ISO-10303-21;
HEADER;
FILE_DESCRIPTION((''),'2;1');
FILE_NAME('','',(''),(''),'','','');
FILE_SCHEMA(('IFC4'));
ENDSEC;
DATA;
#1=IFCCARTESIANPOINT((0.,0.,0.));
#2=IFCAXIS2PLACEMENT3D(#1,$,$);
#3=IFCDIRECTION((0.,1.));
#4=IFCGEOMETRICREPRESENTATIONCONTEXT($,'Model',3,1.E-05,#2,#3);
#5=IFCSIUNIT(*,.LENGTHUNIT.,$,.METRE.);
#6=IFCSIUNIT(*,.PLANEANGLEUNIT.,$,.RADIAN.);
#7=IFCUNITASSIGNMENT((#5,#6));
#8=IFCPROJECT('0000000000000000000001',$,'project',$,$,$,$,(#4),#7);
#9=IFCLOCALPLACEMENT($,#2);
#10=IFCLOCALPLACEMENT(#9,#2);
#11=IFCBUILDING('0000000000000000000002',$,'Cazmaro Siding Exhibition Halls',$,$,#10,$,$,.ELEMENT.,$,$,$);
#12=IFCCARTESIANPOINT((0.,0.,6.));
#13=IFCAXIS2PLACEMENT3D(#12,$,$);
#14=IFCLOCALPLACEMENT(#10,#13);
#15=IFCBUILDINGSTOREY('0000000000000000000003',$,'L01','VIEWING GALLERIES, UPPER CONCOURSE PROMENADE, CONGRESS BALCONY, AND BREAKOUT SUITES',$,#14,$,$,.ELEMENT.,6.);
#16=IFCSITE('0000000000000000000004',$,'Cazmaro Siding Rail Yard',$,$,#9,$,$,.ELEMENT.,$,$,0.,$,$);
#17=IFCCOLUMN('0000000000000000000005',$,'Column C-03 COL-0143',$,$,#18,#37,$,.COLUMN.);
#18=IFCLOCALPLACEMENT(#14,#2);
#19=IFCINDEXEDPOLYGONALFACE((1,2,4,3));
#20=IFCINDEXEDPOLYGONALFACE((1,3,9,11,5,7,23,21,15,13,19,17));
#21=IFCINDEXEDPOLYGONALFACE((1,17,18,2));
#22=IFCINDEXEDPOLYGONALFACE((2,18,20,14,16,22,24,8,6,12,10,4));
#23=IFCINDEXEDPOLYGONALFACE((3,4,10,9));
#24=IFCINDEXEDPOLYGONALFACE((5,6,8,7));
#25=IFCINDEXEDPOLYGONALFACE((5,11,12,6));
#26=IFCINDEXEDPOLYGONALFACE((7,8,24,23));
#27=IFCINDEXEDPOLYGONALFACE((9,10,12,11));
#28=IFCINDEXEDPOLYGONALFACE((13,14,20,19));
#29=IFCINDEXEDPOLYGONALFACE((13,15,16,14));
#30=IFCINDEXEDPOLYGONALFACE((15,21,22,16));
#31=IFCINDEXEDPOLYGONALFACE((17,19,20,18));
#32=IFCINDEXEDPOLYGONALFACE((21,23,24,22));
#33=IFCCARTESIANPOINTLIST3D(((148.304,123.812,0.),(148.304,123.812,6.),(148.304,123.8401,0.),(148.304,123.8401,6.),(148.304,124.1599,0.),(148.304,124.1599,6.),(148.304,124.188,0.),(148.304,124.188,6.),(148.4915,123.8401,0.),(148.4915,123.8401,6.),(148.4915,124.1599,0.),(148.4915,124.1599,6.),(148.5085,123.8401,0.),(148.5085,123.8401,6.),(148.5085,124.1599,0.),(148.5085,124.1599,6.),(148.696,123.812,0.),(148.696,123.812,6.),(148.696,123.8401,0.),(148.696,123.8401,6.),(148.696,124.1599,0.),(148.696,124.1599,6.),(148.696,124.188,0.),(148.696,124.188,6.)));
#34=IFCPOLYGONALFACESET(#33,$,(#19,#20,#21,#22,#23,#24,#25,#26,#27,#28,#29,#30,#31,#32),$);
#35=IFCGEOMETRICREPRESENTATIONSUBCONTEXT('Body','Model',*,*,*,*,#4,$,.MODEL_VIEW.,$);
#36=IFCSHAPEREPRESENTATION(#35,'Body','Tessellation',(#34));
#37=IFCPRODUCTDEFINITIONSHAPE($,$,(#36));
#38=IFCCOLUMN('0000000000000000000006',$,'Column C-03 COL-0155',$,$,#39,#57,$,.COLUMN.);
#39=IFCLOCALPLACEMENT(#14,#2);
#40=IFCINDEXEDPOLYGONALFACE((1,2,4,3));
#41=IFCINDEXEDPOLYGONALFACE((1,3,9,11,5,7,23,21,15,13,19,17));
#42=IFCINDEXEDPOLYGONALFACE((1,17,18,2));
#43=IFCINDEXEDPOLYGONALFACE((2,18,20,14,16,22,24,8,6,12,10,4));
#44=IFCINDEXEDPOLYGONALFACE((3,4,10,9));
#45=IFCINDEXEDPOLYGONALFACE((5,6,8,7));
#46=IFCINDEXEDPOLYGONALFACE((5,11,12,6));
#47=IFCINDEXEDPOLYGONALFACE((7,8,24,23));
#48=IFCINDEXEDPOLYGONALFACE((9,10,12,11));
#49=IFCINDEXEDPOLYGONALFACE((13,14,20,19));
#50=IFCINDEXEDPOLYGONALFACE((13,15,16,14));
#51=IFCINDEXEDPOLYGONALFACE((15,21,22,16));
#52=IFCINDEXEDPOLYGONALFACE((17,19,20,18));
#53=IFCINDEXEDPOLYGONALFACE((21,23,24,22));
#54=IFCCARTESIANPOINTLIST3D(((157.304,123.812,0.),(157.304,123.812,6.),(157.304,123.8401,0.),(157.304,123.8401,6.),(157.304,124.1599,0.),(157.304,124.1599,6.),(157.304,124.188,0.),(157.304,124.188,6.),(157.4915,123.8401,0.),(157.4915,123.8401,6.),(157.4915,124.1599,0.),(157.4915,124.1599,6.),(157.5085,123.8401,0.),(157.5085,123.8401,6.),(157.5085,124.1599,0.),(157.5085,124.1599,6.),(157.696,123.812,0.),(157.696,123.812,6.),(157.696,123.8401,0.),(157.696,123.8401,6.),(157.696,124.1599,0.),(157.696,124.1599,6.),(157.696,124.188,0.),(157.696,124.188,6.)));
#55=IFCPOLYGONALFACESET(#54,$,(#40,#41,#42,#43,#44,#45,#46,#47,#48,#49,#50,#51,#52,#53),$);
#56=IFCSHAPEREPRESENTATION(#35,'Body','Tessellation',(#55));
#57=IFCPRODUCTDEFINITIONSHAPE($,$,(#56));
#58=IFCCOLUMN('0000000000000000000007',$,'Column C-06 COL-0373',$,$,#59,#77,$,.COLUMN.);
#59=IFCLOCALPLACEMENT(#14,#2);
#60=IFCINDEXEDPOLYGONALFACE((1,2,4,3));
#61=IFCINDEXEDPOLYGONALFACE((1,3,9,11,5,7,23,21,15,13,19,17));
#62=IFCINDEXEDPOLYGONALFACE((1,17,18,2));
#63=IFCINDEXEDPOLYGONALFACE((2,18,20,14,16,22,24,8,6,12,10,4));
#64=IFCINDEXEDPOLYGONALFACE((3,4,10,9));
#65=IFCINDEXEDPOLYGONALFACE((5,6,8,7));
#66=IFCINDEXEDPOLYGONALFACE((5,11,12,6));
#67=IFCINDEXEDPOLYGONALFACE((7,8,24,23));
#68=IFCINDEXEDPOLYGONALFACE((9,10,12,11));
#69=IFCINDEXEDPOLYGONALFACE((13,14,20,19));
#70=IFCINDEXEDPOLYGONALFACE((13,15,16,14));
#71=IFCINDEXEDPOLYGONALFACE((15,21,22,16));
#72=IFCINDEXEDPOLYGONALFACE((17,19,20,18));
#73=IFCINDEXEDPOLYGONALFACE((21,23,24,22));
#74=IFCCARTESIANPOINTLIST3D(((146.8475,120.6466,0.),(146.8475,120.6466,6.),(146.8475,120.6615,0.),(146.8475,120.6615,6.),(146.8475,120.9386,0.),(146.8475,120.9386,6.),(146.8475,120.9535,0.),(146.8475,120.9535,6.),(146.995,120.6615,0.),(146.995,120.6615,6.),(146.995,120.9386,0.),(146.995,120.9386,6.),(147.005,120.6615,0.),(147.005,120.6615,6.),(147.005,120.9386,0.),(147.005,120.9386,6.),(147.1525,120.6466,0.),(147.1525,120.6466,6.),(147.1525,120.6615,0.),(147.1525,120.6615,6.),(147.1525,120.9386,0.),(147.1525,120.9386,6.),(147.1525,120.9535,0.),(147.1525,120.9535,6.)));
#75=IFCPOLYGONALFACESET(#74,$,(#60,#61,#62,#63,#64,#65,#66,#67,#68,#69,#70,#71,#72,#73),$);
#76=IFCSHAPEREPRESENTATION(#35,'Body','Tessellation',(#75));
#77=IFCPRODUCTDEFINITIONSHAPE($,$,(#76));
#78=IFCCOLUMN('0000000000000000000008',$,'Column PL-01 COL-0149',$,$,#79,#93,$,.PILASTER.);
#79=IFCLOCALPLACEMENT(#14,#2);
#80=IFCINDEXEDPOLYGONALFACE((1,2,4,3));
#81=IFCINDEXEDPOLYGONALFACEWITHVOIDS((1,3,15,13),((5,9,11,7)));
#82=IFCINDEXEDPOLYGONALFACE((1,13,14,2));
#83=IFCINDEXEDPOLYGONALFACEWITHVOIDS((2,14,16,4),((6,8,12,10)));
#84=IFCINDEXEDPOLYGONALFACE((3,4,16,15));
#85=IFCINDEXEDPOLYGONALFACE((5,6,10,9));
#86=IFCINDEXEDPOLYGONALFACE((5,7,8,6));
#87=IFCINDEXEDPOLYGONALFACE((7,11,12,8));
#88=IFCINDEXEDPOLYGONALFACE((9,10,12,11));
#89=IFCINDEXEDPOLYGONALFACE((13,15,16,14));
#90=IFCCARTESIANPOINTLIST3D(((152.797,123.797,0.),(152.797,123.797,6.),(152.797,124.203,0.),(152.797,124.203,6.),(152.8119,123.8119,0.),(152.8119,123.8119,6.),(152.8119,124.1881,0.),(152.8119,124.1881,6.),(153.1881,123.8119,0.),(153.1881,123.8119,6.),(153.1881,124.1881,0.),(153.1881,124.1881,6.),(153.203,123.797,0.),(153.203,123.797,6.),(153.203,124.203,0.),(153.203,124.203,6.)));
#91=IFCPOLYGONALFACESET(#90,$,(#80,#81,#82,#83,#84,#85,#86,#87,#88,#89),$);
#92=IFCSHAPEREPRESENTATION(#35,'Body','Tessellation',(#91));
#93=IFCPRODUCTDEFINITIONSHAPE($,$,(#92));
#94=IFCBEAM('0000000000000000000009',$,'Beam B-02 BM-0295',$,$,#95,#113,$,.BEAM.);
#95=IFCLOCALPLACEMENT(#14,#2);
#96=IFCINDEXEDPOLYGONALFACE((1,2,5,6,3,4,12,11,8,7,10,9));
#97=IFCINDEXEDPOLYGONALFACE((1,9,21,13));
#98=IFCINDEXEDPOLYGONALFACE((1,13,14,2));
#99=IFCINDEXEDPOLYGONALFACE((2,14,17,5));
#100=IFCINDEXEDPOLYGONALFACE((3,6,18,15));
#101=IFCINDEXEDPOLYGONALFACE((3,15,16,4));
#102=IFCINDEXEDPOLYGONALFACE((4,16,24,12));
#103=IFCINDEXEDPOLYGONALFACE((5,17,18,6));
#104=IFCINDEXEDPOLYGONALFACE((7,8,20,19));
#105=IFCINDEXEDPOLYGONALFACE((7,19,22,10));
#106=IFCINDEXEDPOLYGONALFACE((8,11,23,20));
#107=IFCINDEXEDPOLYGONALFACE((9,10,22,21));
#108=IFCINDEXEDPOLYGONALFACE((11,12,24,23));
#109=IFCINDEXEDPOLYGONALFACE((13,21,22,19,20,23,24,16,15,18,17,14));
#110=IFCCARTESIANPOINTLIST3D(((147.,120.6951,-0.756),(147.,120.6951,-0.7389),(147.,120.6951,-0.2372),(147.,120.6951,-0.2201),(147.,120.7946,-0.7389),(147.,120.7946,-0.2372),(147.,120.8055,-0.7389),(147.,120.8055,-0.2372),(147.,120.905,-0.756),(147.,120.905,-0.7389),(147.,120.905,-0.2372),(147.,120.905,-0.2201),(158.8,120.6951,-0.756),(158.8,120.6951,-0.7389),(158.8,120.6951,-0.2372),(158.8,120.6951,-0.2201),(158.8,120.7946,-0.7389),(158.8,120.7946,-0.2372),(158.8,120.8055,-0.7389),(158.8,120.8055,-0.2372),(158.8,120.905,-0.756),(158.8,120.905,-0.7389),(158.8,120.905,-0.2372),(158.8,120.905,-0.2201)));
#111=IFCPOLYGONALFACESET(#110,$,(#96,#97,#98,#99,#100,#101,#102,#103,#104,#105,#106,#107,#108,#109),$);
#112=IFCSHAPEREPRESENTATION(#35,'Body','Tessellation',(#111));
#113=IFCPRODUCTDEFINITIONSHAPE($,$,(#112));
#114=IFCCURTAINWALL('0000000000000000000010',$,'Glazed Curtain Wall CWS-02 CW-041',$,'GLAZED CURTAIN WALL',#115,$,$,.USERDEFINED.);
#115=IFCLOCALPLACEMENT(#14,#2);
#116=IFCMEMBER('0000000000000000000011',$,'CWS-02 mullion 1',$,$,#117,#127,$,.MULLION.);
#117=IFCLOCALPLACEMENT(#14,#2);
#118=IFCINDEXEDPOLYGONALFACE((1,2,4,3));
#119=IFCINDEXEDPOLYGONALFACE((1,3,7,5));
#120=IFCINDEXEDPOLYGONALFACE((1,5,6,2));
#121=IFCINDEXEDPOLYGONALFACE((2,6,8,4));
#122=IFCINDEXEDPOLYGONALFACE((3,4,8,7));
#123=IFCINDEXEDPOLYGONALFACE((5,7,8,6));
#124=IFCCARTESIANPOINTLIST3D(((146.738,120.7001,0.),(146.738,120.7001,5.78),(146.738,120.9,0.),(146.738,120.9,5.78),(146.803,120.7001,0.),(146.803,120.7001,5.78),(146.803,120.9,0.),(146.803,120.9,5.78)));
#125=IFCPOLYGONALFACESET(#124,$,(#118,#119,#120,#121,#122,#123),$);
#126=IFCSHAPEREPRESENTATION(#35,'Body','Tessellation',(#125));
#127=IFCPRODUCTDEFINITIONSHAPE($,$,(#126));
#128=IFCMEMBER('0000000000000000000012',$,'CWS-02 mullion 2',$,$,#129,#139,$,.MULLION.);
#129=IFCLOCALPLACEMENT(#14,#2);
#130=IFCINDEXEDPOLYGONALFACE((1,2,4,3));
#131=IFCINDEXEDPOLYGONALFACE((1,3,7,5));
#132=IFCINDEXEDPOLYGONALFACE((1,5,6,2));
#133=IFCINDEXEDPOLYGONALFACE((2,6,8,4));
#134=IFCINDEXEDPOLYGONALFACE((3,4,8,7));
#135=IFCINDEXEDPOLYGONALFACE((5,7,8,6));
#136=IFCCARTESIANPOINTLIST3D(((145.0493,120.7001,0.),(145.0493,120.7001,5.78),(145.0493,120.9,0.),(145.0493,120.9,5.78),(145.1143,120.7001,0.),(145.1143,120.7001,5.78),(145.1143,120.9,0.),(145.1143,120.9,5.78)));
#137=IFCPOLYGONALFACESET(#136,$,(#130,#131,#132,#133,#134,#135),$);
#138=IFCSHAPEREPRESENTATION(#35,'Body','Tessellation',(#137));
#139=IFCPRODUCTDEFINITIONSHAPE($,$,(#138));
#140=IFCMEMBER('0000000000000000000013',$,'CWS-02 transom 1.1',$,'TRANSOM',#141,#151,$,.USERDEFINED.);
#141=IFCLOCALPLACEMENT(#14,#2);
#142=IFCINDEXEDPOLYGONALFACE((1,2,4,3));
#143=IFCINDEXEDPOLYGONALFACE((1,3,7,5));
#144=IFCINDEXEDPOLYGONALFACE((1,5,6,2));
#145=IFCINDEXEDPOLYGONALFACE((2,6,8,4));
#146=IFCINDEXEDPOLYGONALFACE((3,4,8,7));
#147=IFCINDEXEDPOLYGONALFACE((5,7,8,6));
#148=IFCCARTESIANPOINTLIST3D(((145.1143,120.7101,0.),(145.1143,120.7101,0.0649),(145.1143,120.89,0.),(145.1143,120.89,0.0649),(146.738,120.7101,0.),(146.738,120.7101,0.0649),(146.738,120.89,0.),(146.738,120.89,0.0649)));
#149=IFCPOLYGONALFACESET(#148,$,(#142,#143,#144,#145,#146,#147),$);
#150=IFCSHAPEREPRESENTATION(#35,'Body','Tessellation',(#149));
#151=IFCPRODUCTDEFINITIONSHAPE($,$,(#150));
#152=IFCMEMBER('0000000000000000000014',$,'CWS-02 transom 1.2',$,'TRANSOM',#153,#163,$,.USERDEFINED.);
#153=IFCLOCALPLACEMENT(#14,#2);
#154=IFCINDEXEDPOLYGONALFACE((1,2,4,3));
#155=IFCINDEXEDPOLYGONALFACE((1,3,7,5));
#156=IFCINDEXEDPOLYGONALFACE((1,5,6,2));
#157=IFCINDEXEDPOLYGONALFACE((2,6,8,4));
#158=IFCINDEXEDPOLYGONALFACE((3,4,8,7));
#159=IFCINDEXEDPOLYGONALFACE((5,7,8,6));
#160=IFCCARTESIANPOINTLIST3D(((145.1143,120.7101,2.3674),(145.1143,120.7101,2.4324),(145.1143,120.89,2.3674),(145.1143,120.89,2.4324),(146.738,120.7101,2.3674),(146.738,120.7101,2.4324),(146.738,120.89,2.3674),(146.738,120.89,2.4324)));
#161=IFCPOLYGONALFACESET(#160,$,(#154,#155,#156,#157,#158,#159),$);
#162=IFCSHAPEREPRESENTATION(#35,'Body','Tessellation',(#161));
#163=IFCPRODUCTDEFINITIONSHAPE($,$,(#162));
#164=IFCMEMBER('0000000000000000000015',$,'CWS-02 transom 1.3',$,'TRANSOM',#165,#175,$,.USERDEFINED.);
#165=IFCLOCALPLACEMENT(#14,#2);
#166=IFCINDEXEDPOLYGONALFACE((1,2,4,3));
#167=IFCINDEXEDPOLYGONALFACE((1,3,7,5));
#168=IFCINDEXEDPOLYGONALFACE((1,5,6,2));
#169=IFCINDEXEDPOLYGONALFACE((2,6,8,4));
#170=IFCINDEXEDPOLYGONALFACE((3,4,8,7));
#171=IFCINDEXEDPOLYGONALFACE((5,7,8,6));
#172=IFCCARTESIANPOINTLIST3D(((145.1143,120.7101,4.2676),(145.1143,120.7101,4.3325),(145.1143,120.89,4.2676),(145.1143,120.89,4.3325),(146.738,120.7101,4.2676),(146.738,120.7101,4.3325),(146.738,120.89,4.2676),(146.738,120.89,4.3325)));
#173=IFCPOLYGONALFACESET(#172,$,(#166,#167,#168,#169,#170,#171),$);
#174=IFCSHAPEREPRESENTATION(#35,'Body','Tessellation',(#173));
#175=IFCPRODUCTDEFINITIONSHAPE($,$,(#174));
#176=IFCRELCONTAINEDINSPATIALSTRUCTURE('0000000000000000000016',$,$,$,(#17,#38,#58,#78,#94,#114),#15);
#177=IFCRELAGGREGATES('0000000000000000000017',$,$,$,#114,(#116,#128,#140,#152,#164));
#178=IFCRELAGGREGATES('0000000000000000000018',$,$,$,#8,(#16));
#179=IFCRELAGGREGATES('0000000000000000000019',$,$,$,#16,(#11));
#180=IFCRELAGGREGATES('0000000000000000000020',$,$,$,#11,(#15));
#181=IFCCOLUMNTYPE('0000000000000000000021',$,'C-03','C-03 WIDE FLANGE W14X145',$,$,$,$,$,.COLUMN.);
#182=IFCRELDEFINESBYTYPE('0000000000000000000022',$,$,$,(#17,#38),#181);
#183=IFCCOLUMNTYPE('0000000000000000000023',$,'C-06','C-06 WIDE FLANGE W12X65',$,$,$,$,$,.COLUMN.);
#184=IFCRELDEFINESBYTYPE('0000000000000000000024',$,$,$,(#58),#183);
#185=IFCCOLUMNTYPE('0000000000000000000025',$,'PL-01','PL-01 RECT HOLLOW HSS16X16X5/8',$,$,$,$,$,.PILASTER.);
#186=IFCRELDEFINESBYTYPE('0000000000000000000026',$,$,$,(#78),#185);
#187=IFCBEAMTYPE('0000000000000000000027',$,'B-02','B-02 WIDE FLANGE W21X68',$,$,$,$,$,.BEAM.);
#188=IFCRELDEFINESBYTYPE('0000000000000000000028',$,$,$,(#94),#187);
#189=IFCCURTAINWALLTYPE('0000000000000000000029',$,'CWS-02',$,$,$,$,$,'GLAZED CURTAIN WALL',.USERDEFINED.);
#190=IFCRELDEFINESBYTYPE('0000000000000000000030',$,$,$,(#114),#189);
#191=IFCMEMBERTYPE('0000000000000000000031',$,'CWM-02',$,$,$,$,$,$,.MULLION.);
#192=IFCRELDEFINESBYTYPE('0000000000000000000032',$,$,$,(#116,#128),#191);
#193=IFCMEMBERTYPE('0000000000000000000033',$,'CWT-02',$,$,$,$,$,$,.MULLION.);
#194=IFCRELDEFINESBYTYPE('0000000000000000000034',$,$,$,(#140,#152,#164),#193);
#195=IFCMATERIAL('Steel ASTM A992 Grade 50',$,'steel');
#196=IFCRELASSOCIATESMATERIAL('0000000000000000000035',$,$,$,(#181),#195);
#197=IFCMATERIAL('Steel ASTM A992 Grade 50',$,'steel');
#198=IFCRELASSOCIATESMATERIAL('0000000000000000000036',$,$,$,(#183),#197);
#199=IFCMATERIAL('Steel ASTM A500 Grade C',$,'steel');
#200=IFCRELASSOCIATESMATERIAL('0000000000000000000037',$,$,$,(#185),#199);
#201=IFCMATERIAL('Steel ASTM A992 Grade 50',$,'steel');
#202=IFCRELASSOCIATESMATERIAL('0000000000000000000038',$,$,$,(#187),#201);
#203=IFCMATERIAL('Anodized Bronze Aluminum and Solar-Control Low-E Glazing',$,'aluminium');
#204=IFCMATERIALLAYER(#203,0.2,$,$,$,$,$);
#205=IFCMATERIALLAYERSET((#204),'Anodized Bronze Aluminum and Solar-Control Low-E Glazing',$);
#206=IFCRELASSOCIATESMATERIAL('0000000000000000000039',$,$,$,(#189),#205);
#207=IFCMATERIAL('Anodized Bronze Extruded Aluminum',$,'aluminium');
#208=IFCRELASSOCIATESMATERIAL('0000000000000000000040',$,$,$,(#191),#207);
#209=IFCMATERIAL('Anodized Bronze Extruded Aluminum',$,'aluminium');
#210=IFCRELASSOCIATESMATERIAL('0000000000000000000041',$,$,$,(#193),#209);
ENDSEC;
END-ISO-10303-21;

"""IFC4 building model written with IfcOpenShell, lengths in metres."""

from ifc_helpers import new_model, si_unit, direction, frame, origin, origin_2d, place, context, subcontext, project, spatial, rectangle, hollow_rectangle, i_section, extrude, material, layer, layer_set, material_profile, profile_set, type_object, element, aggregate, save


model = new_model("IFC4")

# Units and contexts
model_context = context("Model", 3, precision=1e-05, world=origin(), true_north=direction((0.0, 1.0)))
body_context = subcontext(model_context, "Body", "Model", "MODEL_VIEW")
ifc_project = project(units=[si_unit("LENGTHUNIT", "METRE"), si_unit("PLANEANGLEUNIT", "RADIAN")], contexts=[model_context])

# Site, building, storey
site_placement = place(None, origin())
site = spatial("IfcSite", under=ifc_project, at=site_placement, Name="Cazmaro Siding Rail Yard", CompositionType="ELEMENT", RefElevation=0.0)
building_placement = place(site_placement, origin())
building = spatial("IfcBuilding", under=site, at=building_placement, Name="Cazmaro Siding Exhibition Halls", CompositionType="ELEMENT")
storey_placement = place(building_placement, frame((0.0, 0.0, 6.0)))
storey = spatial("IfcBuildingStorey", under=building, at=storey_placement, Name="L01", Description="VIEWING GALLERIES, UPPER CONCOURSE PROMENADE, CONGRESS BALCONY, AND BREAKOUT SUITES", CompositionType="ELEMENT", Elevation=6.0)

# Columns
ifc_material_1 = material(Name="Steel ASTM A992 Grade 50", Category="steel")
ifc_material_profile_1 = material_profile(ifc_material_1, i_section(OverallWidth=0.3921, OverallDepth=0.376, WebThickness=0.0171, FlangeThickness=0.0281, at=origin_2d()), Name="W14X145")
ifc_profile_set_1 = profile_set([ifc_material_profile_1], Name="Steel ASTM A992 Grade 50")
column_type_1 = type_object("IfcColumnType", Name="C-03", Description="C-03 WIDE FLANGE W14X145", PredefinedType="COLUMN", material=ifc_profile_set_1)
for number, where, z_axis, x_axis, name in (
    (1, (148.5, 124.0, 0.0), (0.0, 0.0, 1.0), (1.0, 0.0, 0.0), "Column C-03 COL-0143"),
    (2, (157.5, 124.0, 0.0), (0.0, 0.0, 1.0), (1.0, 0.0, 0.0), "Column C-03 COL-0155"),
):
    element("IfcColumn", number, at=place(storey_placement, frame(where, z_axis=z_axis, x_axis=x_axis)), inside=storey, type_object=column_type_1, Name=name, PredefinedType="COLUMN", context=body_context, shape_type="SweptSolid", body=[
        extrude(i_section(OverallWidth=0.3921, OverallDepth=0.376, WebThickness=0.0171, FlangeThickness=0.0281, at=origin_2d()), origin(), (0.0, 0.0, 1.0), 6.0),
    ])
ifc_material_2 = material(Name="Steel ASTM A992 Grade 50", Category="steel")
ifc_material_profile_2 = material_profile(ifc_material_2, i_section(OverallWidth=0.3049, OverallDepth=0.3069, WebThickness=0.01, FlangeThickness=0.0149, at=origin_2d()), Name="W12X65")
ifc_profile_set_2 = profile_set([ifc_material_profile_2], Name="Steel ASTM A992 Grade 50")
column_type_2 = type_object("IfcColumnType", Name="C-06", Description="C-06 WIDE FLANGE W12X65", PredefinedType="COLUMN", material=ifc_profile_set_2)
column_1_placement = place(storey_placement, frame((147.0, 120.8, 0.0), z_axis=(0.0, 0.0, 1.0), x_axis=(1.0, 0.0, 0.0)))
element("IfcColumn", 3, at=column_1_placement, inside=storey, type_object=column_type_2, Name="Column C-06 COL-0373", PredefinedType="COLUMN", context=body_context, shape_type="SweptSolid", body=[
    extrude(i_section(OverallWidth=0.3049, OverallDepth=0.3069, WebThickness=0.01, FlangeThickness=0.0149, at=origin_2d()), origin(), (0.0, 0.0, 1.0), 6.0),
])
ifc_material_3 = material(Name="Steel ASTM A500 Grade C", Category="steel")
ifc_material_profile_3 = material_profile(ifc_material_3, hollow_rectangle(XDim=0.406, YDim=0.406, WallThickness=0.0149, at=origin_2d()), Name="HSS16X16X5/8")
ifc_profile_set_3 = profile_set([ifc_material_profile_3], Name="Steel ASTM A500 Grade C")
column_type_3 = type_object("IfcColumnType", Name="PL-01", Description="PL-01 RECT HOLLOW HSS16X16X5/8", PredefinedType="PILASTER", material=ifc_profile_set_3)
column_2_placement = place(storey_placement, frame((153.0, 124.0, 0.0), z_axis=(0.0, 0.0, 1.0), x_axis=(1.0, 0.0, 0.0)))
element("IfcColumn", 4, at=column_2_placement, inside=storey, type_object=column_type_3, Name="Column PL-01 COL-0149", PredefinedType="PILASTER", context=body_context, shape_type="SweptSolid", body=[
    extrude(hollow_rectangle(XDim=0.406, YDim=0.406, WallThickness=0.0149, at=origin_2d()), origin(), (0.0, 0.0, 1.0), 6.0),
])

# Beam
ifc_material_4 = material(Name="Steel ASTM A992 Grade 50", Category="steel")
ifc_material_profile_4 = material_profile(ifc_material_4, i_section(OverallWidth=0.21, OverallDepth=0.5359, WebThickness=0.011, FlangeThickness=0.0171, at=origin_2d()), Name="W21X68")
ifc_profile_set_4 = profile_set([ifc_material_profile_4], Name="Steel ASTM A992 Grade 50")
beam_type_1 = type_object("IfcBeamType", Name="B-02", Description="B-02 WIDE FLANGE W21X68", PredefinedType="BEAM", material=ifc_profile_set_4)
beam_placement = place(storey_placement, frame((147.0, 120.8, -0.488), z_axis=(1.0, 0.0, 0.0), x_axis=(0.0, 1.0, 0.0)))
element("IfcBeam", 5, at=beam_placement, inside=storey, type_object=beam_type_1, Name="Beam B-02 BM-0295", PredefinedType="BEAM", context=body_context, shape_type="SweptSolid", body=[
    extrude(i_section(OverallWidth=0.21, OverallDepth=0.5359, WebThickness=0.011, FlangeThickness=0.0171, at=origin_2d()), origin(), (0.0, 0.0, 1.0), 11.8),
])

# Curtain wall, members
ifc_material_5 = material(Name="Anodized Bronze Aluminum and Solar-Control Low-E Glazing", Category="aluminium")
ifc_layer_1 = layer(ifc_material_5, 0.2)
ifc_layer_set_1 = layer_set([ifc_layer_1], Name="Anodized Bronze Aluminum and Solar-Control Low-E Glazing")
curtain_wall_type = type_object("IfcCurtainWallType", Name="CWS-02", ElementType="GLAZED CURTAIN WALL", PredefinedType="USERDEFINED", material=ifc_layer_set_1)
curtain_wall_placement = place(storey_placement, origin())
curtain_wall = element("IfcCurtainWall", 6, at=curtain_wall_placement, inside=storey, type_object=curtain_wall_type, Name="Glazed Curtain Wall CWS-02 CW-041", ObjectType="GLAZED CURTAIN WALL", PredefinedType="USERDEFINED")
ifc_material_6 = material(Name="Anodized Bronze Extruded Aluminum", Category="aluminium")
ifc_material_profile_5 = material_profile(ifc_material_6, rectangle(XDim=0.2, YDim=0.0649, at=origin_2d()), Name="CWM-02")
ifc_profile_set_5 = profile_set([ifc_material_profile_5], Name="Anodized Bronze Extruded Aluminum")
member_type_1 = type_object("IfcMemberType", Name="CWM-02", PredefinedType="MULLION", material=ifc_profile_set_5)
member_1_placement = place(storey_placement, frame((146.7705, 120.8, 0.0), z_axis=(0.0, 0.0, 1.0), x_axis=(0.0, -1.0, 0.0)))
member_1 = element("IfcMember", 7, at=member_1_placement, type_object=member_type_1, Name="CWS-02 mullion 1", PredefinedType="MULLION", context=body_context, shape_type="SweptSolid", body=[
    extrude(rectangle(XDim=0.2, YDim=0.0649, at=origin_2d()), origin(), (0.0, 0.0, 1.0), 5.78),
])
member_2_placement = place(storey_placement, frame((145.0818, 120.8, 0.0), z_axis=(0.0, 0.0, 1.0), x_axis=(0.0, -1.0, 0.0)))
member_2 = element("IfcMember", 8, at=member_2_placement, type_object=member_type_1, Name="CWS-02 mullion 2", PredefinedType="MULLION", context=body_context, shape_type="SweptSolid", body=[
    extrude(rectangle(XDim=0.2, YDim=0.0649, at=origin_2d()), origin(), (0.0, 0.0, 1.0), 5.78),
])
ifc_material_7 = material(Name="Anodized Bronze Extruded Aluminum", Category="aluminium")
ifc_material_profile_6 = material_profile(ifc_material_7, rectangle(XDim=0.1799, YDim=0.0649, at=origin_2d()), Name="CWT-02")
ifc_profile_set_6 = profile_set([ifc_material_profile_6], Name="Anodized Bronze Extruded Aluminum")
member_type_2 = type_object("IfcMemberType", Name="CWT-02", PredefinedType="MULLION", material=ifc_profile_set_6)
member_3_placement = place(storey_placement, frame((146.738, 120.8, 0.0325), z_axis=(-1.0, 0.0, 0.0), x_axis=(0.0, -1.0, 0.0)))
member_3 = element("IfcMember", 9, at=member_3_placement, type_object=member_type_2, Name="CWS-02 transom 1.1", ObjectType="TRANSOM", PredefinedType="USERDEFINED", context=body_context, shape_type="SweptSolid", body=[
    extrude(rectangle(XDim=0.1799, YDim=0.0649, at=origin_2d()), origin(), (0.0, 0.0, 1.0), 1.6238),
])
member_4_placement = place(storey_placement, frame((146.738, 120.8, 2.3999), z_axis=(-1.0, 0.0, 0.0), x_axis=(0.0, -1.0, 0.0)))
member_4 = element("IfcMember", 10, at=member_4_placement, type_object=member_type_2, Name="CWS-02 transom 1.2", ObjectType="TRANSOM", PredefinedType="USERDEFINED", context=body_context, shape_type="SweptSolid", body=[
    extrude(rectangle(XDim=0.1799, YDim=0.0649, at=origin_2d()), origin(), (0.0, 0.0, 1.0), 1.6238),
])
member_5_placement = place(storey_placement, frame((146.738, 120.8, 4.3), z_axis=(-1.0, 0.0, 0.0), x_axis=(0.0, -1.0, 0.0)))
member_5 = element("IfcMember", 11, at=member_5_placement, type_object=member_type_2, Name="CWS-02 transom 1.3", ObjectType="TRANSOM", PredefinedType="USERDEFINED", context=body_context, shape_type="SweptSolid", body=[
    extrude(rectangle(XDim=0.1799, YDim=0.0649, at=origin_2d()), origin(), (0.0, 0.0, 1.0), 1.6238),
])

aggregate(curtain_wall, [member_1, member_2, member_3, member_4, member_5])

save(model, "model.ifc")
